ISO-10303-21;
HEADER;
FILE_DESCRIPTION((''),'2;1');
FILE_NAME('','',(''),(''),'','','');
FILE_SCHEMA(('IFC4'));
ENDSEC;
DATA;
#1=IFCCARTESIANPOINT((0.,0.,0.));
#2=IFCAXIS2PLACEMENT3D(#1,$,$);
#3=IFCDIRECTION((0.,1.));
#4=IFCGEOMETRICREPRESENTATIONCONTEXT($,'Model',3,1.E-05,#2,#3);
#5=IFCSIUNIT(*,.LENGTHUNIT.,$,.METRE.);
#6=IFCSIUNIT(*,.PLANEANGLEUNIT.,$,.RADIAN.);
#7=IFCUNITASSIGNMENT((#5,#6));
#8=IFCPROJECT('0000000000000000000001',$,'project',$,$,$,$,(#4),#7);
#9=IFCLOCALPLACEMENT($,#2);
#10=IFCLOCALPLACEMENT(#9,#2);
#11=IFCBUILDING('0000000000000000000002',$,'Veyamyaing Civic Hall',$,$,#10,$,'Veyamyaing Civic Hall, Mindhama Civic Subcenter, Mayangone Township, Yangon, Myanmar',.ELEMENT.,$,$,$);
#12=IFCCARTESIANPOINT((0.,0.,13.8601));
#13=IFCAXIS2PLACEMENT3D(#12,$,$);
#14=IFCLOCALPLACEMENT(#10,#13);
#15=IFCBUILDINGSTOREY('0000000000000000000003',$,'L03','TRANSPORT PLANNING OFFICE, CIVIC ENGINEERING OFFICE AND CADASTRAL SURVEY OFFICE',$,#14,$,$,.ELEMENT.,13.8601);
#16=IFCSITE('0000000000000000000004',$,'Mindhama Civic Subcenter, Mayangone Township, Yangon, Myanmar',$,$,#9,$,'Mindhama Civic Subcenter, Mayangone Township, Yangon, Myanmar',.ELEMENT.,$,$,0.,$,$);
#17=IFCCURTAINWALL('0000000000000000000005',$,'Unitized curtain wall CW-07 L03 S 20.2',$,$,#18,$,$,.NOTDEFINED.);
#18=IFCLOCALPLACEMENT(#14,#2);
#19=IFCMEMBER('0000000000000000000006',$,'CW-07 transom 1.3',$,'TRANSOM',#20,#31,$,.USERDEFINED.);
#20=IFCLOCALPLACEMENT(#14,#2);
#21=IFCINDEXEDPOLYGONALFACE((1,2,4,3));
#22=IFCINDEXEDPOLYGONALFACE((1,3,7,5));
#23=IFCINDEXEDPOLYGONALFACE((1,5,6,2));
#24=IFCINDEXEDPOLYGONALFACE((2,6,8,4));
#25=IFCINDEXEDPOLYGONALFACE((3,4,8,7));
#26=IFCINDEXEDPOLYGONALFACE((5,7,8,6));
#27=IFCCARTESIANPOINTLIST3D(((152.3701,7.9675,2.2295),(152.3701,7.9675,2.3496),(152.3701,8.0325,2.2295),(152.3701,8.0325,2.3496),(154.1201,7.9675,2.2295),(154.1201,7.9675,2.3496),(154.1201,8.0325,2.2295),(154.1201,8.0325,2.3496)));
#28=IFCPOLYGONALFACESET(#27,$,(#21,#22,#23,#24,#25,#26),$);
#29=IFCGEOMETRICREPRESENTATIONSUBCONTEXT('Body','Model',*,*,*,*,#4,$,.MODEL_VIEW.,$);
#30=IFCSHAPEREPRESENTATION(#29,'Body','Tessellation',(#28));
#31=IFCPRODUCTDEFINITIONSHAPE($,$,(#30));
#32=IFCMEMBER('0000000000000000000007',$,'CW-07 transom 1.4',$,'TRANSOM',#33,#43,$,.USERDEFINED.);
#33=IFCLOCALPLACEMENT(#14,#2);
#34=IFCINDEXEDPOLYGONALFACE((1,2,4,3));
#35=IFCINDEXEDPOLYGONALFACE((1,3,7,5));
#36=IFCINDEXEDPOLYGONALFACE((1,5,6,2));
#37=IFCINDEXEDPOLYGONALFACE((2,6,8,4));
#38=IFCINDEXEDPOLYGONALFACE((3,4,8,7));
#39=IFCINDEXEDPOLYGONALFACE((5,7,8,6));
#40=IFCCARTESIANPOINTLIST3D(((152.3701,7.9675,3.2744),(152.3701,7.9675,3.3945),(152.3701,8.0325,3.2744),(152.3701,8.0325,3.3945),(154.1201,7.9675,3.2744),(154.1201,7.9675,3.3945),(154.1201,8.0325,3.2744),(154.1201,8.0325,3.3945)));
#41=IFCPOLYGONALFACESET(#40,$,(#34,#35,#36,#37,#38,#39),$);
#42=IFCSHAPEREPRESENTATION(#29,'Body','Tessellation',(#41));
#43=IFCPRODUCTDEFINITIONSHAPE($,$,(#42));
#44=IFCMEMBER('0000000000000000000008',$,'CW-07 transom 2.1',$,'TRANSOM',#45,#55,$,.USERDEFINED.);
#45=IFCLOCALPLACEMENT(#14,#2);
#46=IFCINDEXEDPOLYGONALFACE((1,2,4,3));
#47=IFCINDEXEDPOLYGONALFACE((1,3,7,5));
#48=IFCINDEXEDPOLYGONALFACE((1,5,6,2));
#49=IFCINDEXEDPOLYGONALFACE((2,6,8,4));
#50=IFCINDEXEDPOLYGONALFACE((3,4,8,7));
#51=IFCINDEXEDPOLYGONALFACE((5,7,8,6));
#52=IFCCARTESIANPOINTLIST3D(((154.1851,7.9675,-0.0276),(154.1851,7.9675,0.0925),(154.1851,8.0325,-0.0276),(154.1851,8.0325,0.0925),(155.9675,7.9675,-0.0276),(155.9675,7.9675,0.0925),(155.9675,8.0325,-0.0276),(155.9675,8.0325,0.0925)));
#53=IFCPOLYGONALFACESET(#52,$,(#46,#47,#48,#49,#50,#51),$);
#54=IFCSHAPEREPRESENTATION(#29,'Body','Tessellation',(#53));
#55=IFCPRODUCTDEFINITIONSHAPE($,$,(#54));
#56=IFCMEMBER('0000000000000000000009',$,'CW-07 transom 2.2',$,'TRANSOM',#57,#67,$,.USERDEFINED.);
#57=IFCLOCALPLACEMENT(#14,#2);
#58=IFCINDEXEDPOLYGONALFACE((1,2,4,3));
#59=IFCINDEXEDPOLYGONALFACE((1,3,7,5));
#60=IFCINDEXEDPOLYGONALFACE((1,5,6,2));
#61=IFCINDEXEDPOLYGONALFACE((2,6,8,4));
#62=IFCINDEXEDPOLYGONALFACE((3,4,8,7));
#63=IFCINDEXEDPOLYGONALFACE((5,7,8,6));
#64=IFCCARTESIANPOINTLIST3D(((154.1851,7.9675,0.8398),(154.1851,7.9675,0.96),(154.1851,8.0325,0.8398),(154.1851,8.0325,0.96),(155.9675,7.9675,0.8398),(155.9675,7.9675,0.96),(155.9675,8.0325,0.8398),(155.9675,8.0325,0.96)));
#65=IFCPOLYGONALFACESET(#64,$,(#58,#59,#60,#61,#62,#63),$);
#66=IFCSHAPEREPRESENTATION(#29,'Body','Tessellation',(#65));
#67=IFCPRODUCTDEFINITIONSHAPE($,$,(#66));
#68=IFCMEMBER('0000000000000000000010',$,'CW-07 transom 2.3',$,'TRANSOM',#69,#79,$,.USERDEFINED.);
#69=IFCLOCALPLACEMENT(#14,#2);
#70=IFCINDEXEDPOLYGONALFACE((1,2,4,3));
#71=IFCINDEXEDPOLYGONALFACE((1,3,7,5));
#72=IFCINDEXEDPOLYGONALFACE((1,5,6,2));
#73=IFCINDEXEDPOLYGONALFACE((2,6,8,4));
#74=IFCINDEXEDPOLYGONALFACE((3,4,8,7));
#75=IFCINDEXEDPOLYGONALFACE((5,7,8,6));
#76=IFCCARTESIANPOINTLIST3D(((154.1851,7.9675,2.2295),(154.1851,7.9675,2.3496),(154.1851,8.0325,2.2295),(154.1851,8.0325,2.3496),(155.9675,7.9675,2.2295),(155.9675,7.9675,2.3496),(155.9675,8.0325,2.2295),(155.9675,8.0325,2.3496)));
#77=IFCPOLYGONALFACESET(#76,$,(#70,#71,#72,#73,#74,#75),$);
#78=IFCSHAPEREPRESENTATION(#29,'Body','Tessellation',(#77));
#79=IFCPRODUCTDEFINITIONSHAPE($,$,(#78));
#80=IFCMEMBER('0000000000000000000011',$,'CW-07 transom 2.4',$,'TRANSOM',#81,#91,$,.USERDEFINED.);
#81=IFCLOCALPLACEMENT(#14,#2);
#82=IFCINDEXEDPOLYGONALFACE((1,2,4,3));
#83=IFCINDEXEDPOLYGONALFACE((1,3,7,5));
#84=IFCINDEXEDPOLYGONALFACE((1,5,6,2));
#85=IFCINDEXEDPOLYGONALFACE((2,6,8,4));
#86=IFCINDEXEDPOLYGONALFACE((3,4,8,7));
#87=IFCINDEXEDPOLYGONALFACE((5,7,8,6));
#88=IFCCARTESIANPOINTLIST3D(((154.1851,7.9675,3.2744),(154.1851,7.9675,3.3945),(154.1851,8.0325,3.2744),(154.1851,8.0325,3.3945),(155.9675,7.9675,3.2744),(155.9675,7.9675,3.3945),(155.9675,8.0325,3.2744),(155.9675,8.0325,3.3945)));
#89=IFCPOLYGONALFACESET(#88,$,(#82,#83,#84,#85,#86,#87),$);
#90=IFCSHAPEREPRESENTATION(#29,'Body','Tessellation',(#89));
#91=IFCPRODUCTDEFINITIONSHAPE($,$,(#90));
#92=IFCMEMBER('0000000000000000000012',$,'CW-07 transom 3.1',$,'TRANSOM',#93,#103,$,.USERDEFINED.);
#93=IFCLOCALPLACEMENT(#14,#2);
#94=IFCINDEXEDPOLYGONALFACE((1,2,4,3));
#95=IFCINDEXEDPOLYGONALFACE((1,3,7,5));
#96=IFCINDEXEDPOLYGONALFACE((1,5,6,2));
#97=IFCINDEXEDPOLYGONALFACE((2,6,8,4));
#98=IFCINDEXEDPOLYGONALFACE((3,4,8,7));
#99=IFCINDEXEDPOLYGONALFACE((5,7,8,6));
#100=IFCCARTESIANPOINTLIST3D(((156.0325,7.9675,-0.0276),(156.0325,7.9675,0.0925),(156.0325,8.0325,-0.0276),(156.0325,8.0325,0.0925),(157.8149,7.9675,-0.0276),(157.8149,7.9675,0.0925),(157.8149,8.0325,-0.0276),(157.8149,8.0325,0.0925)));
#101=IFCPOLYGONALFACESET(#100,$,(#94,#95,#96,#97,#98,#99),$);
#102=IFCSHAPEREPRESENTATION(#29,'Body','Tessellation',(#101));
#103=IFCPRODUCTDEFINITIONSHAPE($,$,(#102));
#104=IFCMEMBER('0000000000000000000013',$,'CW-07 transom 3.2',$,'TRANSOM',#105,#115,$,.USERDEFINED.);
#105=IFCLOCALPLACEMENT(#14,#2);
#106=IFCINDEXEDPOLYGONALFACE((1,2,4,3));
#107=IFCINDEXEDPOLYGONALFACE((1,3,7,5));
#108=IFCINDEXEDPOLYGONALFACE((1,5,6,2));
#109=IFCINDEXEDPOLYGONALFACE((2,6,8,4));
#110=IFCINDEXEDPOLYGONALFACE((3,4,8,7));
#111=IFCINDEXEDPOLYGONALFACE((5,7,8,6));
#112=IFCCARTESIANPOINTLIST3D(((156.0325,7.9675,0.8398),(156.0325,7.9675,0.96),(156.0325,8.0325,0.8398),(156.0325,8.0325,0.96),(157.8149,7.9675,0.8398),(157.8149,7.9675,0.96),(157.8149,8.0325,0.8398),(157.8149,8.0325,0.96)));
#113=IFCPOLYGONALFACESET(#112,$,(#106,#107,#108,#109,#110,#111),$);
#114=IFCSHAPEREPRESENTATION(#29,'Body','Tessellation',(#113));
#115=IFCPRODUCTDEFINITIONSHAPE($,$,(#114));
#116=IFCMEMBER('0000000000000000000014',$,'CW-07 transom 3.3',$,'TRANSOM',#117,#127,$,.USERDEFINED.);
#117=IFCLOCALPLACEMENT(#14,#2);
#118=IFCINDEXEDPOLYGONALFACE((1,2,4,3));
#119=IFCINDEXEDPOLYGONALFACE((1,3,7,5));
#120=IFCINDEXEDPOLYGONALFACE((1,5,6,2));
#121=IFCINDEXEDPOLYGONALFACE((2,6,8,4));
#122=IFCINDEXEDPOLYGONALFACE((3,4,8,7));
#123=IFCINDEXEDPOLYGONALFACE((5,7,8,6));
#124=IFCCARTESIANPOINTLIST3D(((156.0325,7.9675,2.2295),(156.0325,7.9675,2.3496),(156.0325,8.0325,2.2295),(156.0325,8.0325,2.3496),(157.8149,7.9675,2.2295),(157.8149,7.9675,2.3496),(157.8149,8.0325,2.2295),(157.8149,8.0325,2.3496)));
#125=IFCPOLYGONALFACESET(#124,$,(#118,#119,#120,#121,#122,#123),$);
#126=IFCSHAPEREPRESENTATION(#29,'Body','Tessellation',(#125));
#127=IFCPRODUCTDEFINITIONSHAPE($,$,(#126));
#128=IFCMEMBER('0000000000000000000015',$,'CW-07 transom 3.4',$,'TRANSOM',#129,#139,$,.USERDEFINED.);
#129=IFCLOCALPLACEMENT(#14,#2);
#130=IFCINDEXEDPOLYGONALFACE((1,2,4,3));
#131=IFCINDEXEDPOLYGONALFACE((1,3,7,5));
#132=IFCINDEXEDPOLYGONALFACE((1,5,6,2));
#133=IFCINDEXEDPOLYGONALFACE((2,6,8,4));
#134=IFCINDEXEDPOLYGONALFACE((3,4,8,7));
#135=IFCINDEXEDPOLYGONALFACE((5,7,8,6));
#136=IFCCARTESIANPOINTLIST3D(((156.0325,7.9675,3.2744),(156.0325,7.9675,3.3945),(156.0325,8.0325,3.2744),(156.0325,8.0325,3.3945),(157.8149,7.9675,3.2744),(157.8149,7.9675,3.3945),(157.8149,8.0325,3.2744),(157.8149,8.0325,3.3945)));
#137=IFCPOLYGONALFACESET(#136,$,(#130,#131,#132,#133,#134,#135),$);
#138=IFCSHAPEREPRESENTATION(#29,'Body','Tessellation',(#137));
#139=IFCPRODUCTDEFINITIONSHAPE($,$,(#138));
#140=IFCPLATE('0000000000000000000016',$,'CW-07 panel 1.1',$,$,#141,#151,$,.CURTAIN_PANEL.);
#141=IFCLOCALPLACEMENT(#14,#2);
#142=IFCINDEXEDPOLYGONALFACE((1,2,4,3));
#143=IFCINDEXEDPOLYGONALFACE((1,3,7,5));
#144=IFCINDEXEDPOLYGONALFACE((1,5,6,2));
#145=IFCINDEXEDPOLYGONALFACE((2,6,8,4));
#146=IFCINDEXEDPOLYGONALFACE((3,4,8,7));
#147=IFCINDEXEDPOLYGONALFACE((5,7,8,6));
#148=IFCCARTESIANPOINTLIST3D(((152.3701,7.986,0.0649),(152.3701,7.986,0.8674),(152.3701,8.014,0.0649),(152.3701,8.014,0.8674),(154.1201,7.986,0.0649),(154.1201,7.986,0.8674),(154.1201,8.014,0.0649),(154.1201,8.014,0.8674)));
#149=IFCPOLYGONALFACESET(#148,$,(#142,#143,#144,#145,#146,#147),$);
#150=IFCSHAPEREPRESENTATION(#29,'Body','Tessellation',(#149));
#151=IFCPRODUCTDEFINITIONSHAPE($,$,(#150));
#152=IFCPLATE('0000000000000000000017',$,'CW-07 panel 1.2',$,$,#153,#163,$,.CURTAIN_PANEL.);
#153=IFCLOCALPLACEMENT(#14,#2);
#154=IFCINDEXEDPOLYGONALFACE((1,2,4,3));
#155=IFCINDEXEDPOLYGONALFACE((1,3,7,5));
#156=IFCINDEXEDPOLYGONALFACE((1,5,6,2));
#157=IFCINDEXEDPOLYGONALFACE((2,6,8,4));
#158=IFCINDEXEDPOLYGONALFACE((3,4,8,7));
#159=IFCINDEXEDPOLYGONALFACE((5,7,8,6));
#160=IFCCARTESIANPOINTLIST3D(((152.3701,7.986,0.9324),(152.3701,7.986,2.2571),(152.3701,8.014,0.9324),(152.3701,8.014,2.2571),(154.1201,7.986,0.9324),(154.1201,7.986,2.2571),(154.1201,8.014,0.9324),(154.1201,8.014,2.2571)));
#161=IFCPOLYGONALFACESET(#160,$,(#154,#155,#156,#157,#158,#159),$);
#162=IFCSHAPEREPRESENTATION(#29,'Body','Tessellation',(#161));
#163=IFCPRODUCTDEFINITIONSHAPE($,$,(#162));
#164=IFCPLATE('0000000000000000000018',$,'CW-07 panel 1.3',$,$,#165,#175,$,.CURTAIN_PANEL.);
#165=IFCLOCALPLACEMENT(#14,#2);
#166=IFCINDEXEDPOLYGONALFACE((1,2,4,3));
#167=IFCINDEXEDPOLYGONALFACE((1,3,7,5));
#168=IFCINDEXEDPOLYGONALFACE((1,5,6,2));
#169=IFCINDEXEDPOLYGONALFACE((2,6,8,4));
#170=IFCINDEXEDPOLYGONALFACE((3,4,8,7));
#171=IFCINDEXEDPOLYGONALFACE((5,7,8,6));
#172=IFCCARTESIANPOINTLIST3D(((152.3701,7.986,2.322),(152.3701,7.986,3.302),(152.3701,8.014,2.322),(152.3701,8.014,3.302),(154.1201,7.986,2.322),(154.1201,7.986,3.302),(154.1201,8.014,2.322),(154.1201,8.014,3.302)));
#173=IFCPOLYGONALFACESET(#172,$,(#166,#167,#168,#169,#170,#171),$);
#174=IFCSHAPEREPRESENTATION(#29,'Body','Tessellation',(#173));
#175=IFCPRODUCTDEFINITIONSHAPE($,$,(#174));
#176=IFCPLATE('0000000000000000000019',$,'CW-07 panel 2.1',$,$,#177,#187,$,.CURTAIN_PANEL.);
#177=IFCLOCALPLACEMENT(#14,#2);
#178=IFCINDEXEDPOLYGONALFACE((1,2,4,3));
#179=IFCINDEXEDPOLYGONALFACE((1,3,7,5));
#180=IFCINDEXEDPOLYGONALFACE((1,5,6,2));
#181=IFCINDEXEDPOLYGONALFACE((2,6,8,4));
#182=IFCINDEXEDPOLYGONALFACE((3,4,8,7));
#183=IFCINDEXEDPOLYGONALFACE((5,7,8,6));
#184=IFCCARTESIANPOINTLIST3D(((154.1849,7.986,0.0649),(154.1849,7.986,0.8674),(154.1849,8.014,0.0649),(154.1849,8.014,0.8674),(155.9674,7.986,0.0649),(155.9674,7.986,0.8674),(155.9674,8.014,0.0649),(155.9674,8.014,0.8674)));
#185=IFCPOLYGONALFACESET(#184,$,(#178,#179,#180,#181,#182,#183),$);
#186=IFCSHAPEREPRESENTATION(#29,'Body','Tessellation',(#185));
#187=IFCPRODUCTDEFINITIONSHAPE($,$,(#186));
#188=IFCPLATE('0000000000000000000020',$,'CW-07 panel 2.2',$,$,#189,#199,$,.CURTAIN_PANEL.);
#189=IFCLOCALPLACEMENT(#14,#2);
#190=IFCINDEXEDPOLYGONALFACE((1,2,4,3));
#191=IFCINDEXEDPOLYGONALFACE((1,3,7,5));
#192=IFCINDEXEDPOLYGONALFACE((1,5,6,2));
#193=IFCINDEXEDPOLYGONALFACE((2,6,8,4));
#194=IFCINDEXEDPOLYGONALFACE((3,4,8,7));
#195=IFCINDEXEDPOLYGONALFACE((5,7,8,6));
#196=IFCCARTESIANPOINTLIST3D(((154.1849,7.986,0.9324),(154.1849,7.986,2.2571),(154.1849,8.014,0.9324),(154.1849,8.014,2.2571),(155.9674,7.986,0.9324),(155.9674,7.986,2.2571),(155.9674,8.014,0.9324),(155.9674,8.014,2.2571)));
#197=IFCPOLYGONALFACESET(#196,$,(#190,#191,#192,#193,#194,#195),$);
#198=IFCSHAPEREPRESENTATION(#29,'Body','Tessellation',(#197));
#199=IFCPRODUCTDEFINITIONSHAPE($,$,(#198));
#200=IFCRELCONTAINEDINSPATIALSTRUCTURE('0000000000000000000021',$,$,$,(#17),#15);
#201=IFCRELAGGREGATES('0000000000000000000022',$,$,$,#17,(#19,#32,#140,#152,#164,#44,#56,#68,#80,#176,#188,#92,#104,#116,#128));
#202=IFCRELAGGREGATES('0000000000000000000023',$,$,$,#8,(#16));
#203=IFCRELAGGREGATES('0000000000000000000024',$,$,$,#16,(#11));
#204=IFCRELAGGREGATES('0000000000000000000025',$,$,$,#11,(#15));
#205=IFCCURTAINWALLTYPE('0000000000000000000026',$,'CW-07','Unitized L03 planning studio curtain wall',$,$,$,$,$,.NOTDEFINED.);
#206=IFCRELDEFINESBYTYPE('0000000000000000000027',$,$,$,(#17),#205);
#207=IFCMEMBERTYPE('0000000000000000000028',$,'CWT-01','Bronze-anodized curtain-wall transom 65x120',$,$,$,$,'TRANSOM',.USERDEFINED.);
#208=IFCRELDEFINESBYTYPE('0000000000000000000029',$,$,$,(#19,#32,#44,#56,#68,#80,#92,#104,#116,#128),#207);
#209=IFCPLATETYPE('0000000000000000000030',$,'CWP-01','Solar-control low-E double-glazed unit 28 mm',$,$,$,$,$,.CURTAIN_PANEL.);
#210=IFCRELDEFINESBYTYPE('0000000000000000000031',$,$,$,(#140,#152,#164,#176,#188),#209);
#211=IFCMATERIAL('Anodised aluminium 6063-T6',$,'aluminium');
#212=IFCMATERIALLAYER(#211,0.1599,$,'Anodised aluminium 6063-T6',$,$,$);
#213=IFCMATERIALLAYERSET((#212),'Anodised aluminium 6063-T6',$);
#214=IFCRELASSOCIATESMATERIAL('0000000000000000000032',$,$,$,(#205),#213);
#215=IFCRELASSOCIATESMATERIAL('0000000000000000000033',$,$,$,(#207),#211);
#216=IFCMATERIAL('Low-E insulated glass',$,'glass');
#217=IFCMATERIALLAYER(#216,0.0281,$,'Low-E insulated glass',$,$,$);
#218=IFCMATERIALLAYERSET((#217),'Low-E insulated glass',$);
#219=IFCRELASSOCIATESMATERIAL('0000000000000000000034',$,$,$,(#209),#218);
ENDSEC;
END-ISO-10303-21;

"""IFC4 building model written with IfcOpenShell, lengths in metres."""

from ifc_helpers import new_model, si_unit, direction, frame, origin, origin_2d, place, context, subcontext, project, spatial, rectangle, extrude, material, layer, layer_set, material_profile, profile_set, type_object, element, aggregate, save


model = new_model("IFC4")

# Units and contexts
model_context = context("Model", 3, precision=1e-05, world=origin(), true_north=direction((0.0, 1.0)))
body_context = subcontext(model_context, "Body", "Model", "MODEL_VIEW")
ifc_project = project(units=[si_unit("LENGTHUNIT", "METRE"), si_unit("PLANEANGLEUNIT", "RADIAN")], contexts=[model_context])

# Site, building, storey
site_placement = place(None, origin())
site = spatial("IfcSite", under=ifc_project, at=site_placement, Name="Mindhama Civic Subcenter, Mayangone Township, Yangon, Myanmar", LongName="Mindhama Civic Subcenter, Mayangone Township, Yangon, Myanmar", CompositionType="ELEMENT", RefElevation=0.0)
building_placement = place(site_placement, origin())
building = spatial("IfcBuilding", under=site, at=building_placement, Name="Veyamyaing Civic Hall", LongName="Veyamyaing Civic Hall, Mindhama Civic Subcenter, Mayangone Township, Yangon, Myanmar", CompositionType="ELEMENT")
storey_placement = place(building_placement, frame((0.0, 0.0, 13.8601)))
storey = spatial("IfcBuildingStorey", under=building, at=storey_placement, Name="L03", Description="TRANSPORT PLANNING OFFICE, CIVIC ENGINEERING OFFICE AND CADASTRAL SURVEY OFFICE", CompositionType="ELEMENT", Elevation=13.8601)

# Curtain wall, members, plates
ifc_material_1 = material(Name="Anodised aluminium 6063-T6", Category="aluminium")
ifc_layer_1 = layer(ifc_material_1, 0.1599, Name="Anodised aluminium 6063-T6")
ifc_layer_set_1 = layer_set([ifc_layer_1], Name="Anodised aluminium 6063-T6")
curtain_wall_type = type_object("IfcCurtainWallType", Name="CW-07", Description="Unitized L03 planning studio curtain wall", PredefinedType="NOTDEFINED", material=ifc_layer_set_1)
curtain_wall_placement = place(storey_placement, origin())
curtain_wall = element("IfcCurtainWall", 1, at=curtain_wall_placement, inside=storey, type_object=curtain_wall_type, Name="Unitized curtain wall CW-07 L03 S 20.2", PredefinedType="NOTDEFINED")
ifc_material_profile_1 = material_profile(ifc_material_1, rectangle(XDim=0.0649, YDim=0.1201, at=origin_2d()), Name="ALU-TRN-65X120")
ifc_profile_set_1 = profile_set([ifc_material_profile_1], Name="Anodised aluminium 6063-T6")
member_type_1 = type_object("IfcMemberType", Name="CWT-01", Description="Bronze-anodized curtain-wall transom 65x120", ElementType="TRANSOM", PredefinedType="USERDEFINED", material=ifc_profile_set_1)
member_1_placement = place(storey_placement, frame((152.3701, 8.0, 2.2896), z_axis=(1.0, 0.0, 0.0), x_axis=(0.0, 1.0, 0.0)))
member_1 = element("IfcMember", 2, at=member_1_placement, type_object=member_type_1, Name="CW-07 transom 1.3", ObjectType="TRANSOM", PredefinedType="USERDEFINED", context=body_context, shape_type="SweptSolid", body=[
    extrude(rectangle(XDim=0.0649, YDim=0.1201, at=origin_2d()), origin(), (0.0, 0.0, 1.0), 1.75),
])
member_2_placement = place(storey_placement, frame((152.3701, 8.0, 3.3345), z_axis=(1.0, 0.0, 0.0), x_axis=(0.0, 1.0, 0.0)))
member_2 = element("IfcMember", 3, at=member_2_placement, type_object=member_type_1, Name="CW-07 transom 1.4", ObjectType="TRANSOM", PredefinedType="USERDEFINED", context=body_context, shape_type="SweptSolid", body=[
    extrude(rectangle(XDim=0.0649, YDim=0.1201, at=origin_2d()), origin(), (0.0, 0.0, 1.0), 1.75),
])
member_3_placement = place(storey_placement, frame((154.1851, 8.0, 0.0325), z_axis=(1.0, 0.0, 0.0), x_axis=(0.0, 1.0, 0.0)))
member_3 = element("IfcMember", 4, at=member_3_placement, type_object=member_type_1, Name="CW-07 transom 2.1", ObjectType="TRANSOM", PredefinedType="USERDEFINED", context=body_context, shape_type="SweptSolid", body=[
    extrude(rectangle(XDim=0.0649, YDim=0.1201, at=origin_2d()), origin(), (0.0, 0.0, 1.0), 1.7825),
])
member_4_placement = place(storey_placement, frame((154.1851, 8.0, 0.8999), z_axis=(1.0, 0.0, 0.0), x_axis=(0.0, 1.0, 0.0)))
member_4 = element("IfcMember", 5, at=member_4_placement, type_object=member_type_1, Name="CW-07 transom 2.2", ObjectType="TRANSOM", PredefinedType="USERDEFINED", context=body_context, shape_type="SweptSolid", body=[
    extrude(rectangle(XDim=0.0649, YDim=0.1201, at=origin_2d()), origin(), (0.0, 0.0, 1.0), 1.7825),
])
member_5_placement = place(storey_placement, frame((154.1851, 8.0, 2.2896), z_axis=(1.0, 0.0, 0.0), x_axis=(0.0, 1.0, 0.0)))
member_5 = element("IfcMember", 6, at=member_5_placement, type_object=member_type_1, Name="CW-07 transom 2.3", ObjectType="TRANSOM", PredefinedType="USERDEFINED", context=body_context, shape_type="SweptSolid", body=[
    extrude(rectangle(XDim=0.0649, YDim=0.1201, at=origin_2d()), origin(), (0.0, 0.0, 1.0), 1.7825),
])
member_6_placement = place(storey_placement, frame((154.1851, 8.0, 3.3345), z_axis=(1.0, 0.0, 0.0), x_axis=(0.0, 1.0, 0.0)))
member_6 = element("IfcMember", 7, at=member_6_placement, type_object=member_type_1, Name="CW-07 transom 2.4", ObjectType="TRANSOM", PredefinedType="USERDEFINED", context=body_context, shape_type="SweptSolid", body=[
    extrude(rectangle(XDim=0.0649, YDim=0.1201, at=origin_2d()), origin(), (0.0, 0.0, 1.0), 1.7825),
])
member_7_placement = place(storey_placement, frame((156.0325, 8.0, 0.0325), z_axis=(1.0, 0.0, 0.0), x_axis=(0.0, 1.0, 0.0)))
member_7 = element("IfcMember", 8, at=member_7_placement, type_object=member_type_1, Name="CW-07 transom 3.1", ObjectType="TRANSOM", PredefinedType="USERDEFINED", context=body_context, shape_type="SweptSolid", body=[
    extrude(rectangle(XDim=0.0649, YDim=0.1201, at=origin_2d()), origin(), (0.0, 0.0, 1.0), 1.7825),
])
member_8_placement = place(storey_placement, frame((156.0325, 8.0, 0.8999), z_axis=(1.0, 0.0, 0.0), x_axis=(0.0, 1.0, 0.0)))
member_8 = element("IfcMember", 9, at=member_8_placement, type_object=member_type_1, Name="CW-07 transom 3.2", ObjectType="TRANSOM", PredefinedType="USERDEFINED", context=body_context, shape_type="SweptSolid", body=[
    extrude(rectangle(XDim=0.0649, YDim=0.1201, at=origin_2d()), origin(), (0.0, 0.0, 1.0), 1.7825),
])
member_9_placement = place(storey_placement, frame((156.0325, 8.0, 2.2896), z_axis=(1.0, 0.0, 0.0), x_axis=(0.0, 1.0, 0.0)))
member_9 = element("IfcMember", 10, at=member_9_placement, type_object=member_type_1, Name="CW-07 transom 3.3", ObjectType="TRANSOM", PredefinedType="USERDEFINED", context=body_context, shape_type="SweptSolid", body=[
    extrude(rectangle(XDim=0.0649, YDim=0.1201, at=origin_2d()), origin(), (0.0, 0.0, 1.0), 1.7825),
])
member_10_placement = place(storey_placement, frame((156.0325, 8.0, 3.3345), z_axis=(1.0, 0.0, 0.0), x_axis=(0.0, 1.0, 0.0)))
member_10 = element("IfcMember", 11, at=member_10_placement, type_object=member_type_1, Name="CW-07 transom 3.4", ObjectType="TRANSOM", PredefinedType="USERDEFINED", context=body_context, shape_type="SweptSolid", body=[
    extrude(rectangle(XDim=0.0649, YDim=0.1201, at=origin_2d()), origin(), (0.0, 0.0, 1.0), 1.7825),
])
ifc_material_2 = material(Name="Low-E insulated glass", Category="glass")
ifc_layer_2 = layer(ifc_material_2, 0.0281, Name="Low-E insulated glass")
ifc_layer_set_2 = layer_set([ifc_layer_2], Name="Low-E insulated glass")
plate_type = type_object("IfcPlateType", Name="CWP-01", Description="Solar-control low-E double-glazed unit 28 mm", PredefinedType="CURTAIN_PANEL", material=ifc_layer_set_2)
plate_1_placement = place(storey_placement, frame((153.2451, 8.0, 0.0649), z_axis=(0.0, 0.0, 1.0), x_axis=(1.0, 0.0, 0.0)))
plate_1 = element("IfcPlate", 12, at=plate_1_placement, type_object=plate_type, Name="CW-07 panel 1.1", PredefinedType="CURTAIN_PANEL", context=body_context, shape_type="SweptSolid", body=[
    extrude(rectangle(XDim=1.75, YDim=0.0281, at=origin_2d()), origin(), (0.0, 0.0, 1.0), 0.8025),
])
plate_2_placement = place(storey_placement, frame((153.2451, 8.0, 0.9324), z_axis=(0.0, 0.0, 1.0), x_axis=(1.0, 0.0, 0.0)))
plate_2 = element("IfcPlate", 13, at=plate_2_placement, type_object=plate_type, Name="CW-07 panel 1.2", PredefinedType="CURTAIN_PANEL", context=body_context, shape_type="SweptSolid", body=[
    extrude(rectangle(XDim=1.75, YDim=0.0281, at=origin_2d()), origin(), (0.0, 0.0, 1.0), 1.3247),
])
plate_3_placement = place(storey_placement, frame((153.2451, 8.0, 2.322), z_axis=(0.0, 0.0, 1.0), x_axis=(1.0, 0.0, 0.0)))
plate_3 = element("IfcPlate", 14, at=plate_3_placement, type_object=plate_type, Name="CW-07 panel 1.3", PredefinedType="CURTAIN_PANEL", context=body_context, shape_type="SweptSolid", body=[
    extrude(rectangle(XDim=1.75, YDim=0.0281, at=origin_2d()), origin(), (0.0, 0.0, 1.0), 0.98),
])
plate_4_placement = place(storey_placement, frame((155.0762, 8.0, 0.0649), z_axis=(0.0, 0.0, 1.0), x_axis=(1.0, 0.0, 0.0)))
plate_4 = element("IfcPlate", 15, at=plate_4_placement, type_object=plate_type, Name="CW-07 panel 2.1", PredefinedType="CURTAIN_PANEL", context=body_context, shape_type="SweptSolid", body=[
    extrude(rectangle(XDim=1.7825, YDim=0.0281, at=origin_2d()), origin(), (0.0, 0.0, 1.0), 0.8025),
])
plate_5_placement = place(storey_placement, frame((155.0762, 8.0, 0.9324), z_axis=(0.0, 0.0, 1.0), x_axis=(1.0, 0.0, 0.0)))
plate_5 = element("IfcPlate", 16, at=plate_5_placement, type_object=plate_type, Name="CW-07 panel 2.2", PredefinedType="CURTAIN_PANEL", context=body_context, shape_type="SweptSolid", body=[
    extrude(rectangle(XDim=1.7825, YDim=0.0281, at=origin_2d()), origin(), (0.0, 0.0, 1.0), 1.3247),
])
aggregate(curtain_wall, [member_1, member_2, plate_1, plate_2, plate_3, member_3, member_4, member_5, member_6, plate_4, plate_5, member_7, member_8, member_9, member_10])

save(model, "model.ifc")
